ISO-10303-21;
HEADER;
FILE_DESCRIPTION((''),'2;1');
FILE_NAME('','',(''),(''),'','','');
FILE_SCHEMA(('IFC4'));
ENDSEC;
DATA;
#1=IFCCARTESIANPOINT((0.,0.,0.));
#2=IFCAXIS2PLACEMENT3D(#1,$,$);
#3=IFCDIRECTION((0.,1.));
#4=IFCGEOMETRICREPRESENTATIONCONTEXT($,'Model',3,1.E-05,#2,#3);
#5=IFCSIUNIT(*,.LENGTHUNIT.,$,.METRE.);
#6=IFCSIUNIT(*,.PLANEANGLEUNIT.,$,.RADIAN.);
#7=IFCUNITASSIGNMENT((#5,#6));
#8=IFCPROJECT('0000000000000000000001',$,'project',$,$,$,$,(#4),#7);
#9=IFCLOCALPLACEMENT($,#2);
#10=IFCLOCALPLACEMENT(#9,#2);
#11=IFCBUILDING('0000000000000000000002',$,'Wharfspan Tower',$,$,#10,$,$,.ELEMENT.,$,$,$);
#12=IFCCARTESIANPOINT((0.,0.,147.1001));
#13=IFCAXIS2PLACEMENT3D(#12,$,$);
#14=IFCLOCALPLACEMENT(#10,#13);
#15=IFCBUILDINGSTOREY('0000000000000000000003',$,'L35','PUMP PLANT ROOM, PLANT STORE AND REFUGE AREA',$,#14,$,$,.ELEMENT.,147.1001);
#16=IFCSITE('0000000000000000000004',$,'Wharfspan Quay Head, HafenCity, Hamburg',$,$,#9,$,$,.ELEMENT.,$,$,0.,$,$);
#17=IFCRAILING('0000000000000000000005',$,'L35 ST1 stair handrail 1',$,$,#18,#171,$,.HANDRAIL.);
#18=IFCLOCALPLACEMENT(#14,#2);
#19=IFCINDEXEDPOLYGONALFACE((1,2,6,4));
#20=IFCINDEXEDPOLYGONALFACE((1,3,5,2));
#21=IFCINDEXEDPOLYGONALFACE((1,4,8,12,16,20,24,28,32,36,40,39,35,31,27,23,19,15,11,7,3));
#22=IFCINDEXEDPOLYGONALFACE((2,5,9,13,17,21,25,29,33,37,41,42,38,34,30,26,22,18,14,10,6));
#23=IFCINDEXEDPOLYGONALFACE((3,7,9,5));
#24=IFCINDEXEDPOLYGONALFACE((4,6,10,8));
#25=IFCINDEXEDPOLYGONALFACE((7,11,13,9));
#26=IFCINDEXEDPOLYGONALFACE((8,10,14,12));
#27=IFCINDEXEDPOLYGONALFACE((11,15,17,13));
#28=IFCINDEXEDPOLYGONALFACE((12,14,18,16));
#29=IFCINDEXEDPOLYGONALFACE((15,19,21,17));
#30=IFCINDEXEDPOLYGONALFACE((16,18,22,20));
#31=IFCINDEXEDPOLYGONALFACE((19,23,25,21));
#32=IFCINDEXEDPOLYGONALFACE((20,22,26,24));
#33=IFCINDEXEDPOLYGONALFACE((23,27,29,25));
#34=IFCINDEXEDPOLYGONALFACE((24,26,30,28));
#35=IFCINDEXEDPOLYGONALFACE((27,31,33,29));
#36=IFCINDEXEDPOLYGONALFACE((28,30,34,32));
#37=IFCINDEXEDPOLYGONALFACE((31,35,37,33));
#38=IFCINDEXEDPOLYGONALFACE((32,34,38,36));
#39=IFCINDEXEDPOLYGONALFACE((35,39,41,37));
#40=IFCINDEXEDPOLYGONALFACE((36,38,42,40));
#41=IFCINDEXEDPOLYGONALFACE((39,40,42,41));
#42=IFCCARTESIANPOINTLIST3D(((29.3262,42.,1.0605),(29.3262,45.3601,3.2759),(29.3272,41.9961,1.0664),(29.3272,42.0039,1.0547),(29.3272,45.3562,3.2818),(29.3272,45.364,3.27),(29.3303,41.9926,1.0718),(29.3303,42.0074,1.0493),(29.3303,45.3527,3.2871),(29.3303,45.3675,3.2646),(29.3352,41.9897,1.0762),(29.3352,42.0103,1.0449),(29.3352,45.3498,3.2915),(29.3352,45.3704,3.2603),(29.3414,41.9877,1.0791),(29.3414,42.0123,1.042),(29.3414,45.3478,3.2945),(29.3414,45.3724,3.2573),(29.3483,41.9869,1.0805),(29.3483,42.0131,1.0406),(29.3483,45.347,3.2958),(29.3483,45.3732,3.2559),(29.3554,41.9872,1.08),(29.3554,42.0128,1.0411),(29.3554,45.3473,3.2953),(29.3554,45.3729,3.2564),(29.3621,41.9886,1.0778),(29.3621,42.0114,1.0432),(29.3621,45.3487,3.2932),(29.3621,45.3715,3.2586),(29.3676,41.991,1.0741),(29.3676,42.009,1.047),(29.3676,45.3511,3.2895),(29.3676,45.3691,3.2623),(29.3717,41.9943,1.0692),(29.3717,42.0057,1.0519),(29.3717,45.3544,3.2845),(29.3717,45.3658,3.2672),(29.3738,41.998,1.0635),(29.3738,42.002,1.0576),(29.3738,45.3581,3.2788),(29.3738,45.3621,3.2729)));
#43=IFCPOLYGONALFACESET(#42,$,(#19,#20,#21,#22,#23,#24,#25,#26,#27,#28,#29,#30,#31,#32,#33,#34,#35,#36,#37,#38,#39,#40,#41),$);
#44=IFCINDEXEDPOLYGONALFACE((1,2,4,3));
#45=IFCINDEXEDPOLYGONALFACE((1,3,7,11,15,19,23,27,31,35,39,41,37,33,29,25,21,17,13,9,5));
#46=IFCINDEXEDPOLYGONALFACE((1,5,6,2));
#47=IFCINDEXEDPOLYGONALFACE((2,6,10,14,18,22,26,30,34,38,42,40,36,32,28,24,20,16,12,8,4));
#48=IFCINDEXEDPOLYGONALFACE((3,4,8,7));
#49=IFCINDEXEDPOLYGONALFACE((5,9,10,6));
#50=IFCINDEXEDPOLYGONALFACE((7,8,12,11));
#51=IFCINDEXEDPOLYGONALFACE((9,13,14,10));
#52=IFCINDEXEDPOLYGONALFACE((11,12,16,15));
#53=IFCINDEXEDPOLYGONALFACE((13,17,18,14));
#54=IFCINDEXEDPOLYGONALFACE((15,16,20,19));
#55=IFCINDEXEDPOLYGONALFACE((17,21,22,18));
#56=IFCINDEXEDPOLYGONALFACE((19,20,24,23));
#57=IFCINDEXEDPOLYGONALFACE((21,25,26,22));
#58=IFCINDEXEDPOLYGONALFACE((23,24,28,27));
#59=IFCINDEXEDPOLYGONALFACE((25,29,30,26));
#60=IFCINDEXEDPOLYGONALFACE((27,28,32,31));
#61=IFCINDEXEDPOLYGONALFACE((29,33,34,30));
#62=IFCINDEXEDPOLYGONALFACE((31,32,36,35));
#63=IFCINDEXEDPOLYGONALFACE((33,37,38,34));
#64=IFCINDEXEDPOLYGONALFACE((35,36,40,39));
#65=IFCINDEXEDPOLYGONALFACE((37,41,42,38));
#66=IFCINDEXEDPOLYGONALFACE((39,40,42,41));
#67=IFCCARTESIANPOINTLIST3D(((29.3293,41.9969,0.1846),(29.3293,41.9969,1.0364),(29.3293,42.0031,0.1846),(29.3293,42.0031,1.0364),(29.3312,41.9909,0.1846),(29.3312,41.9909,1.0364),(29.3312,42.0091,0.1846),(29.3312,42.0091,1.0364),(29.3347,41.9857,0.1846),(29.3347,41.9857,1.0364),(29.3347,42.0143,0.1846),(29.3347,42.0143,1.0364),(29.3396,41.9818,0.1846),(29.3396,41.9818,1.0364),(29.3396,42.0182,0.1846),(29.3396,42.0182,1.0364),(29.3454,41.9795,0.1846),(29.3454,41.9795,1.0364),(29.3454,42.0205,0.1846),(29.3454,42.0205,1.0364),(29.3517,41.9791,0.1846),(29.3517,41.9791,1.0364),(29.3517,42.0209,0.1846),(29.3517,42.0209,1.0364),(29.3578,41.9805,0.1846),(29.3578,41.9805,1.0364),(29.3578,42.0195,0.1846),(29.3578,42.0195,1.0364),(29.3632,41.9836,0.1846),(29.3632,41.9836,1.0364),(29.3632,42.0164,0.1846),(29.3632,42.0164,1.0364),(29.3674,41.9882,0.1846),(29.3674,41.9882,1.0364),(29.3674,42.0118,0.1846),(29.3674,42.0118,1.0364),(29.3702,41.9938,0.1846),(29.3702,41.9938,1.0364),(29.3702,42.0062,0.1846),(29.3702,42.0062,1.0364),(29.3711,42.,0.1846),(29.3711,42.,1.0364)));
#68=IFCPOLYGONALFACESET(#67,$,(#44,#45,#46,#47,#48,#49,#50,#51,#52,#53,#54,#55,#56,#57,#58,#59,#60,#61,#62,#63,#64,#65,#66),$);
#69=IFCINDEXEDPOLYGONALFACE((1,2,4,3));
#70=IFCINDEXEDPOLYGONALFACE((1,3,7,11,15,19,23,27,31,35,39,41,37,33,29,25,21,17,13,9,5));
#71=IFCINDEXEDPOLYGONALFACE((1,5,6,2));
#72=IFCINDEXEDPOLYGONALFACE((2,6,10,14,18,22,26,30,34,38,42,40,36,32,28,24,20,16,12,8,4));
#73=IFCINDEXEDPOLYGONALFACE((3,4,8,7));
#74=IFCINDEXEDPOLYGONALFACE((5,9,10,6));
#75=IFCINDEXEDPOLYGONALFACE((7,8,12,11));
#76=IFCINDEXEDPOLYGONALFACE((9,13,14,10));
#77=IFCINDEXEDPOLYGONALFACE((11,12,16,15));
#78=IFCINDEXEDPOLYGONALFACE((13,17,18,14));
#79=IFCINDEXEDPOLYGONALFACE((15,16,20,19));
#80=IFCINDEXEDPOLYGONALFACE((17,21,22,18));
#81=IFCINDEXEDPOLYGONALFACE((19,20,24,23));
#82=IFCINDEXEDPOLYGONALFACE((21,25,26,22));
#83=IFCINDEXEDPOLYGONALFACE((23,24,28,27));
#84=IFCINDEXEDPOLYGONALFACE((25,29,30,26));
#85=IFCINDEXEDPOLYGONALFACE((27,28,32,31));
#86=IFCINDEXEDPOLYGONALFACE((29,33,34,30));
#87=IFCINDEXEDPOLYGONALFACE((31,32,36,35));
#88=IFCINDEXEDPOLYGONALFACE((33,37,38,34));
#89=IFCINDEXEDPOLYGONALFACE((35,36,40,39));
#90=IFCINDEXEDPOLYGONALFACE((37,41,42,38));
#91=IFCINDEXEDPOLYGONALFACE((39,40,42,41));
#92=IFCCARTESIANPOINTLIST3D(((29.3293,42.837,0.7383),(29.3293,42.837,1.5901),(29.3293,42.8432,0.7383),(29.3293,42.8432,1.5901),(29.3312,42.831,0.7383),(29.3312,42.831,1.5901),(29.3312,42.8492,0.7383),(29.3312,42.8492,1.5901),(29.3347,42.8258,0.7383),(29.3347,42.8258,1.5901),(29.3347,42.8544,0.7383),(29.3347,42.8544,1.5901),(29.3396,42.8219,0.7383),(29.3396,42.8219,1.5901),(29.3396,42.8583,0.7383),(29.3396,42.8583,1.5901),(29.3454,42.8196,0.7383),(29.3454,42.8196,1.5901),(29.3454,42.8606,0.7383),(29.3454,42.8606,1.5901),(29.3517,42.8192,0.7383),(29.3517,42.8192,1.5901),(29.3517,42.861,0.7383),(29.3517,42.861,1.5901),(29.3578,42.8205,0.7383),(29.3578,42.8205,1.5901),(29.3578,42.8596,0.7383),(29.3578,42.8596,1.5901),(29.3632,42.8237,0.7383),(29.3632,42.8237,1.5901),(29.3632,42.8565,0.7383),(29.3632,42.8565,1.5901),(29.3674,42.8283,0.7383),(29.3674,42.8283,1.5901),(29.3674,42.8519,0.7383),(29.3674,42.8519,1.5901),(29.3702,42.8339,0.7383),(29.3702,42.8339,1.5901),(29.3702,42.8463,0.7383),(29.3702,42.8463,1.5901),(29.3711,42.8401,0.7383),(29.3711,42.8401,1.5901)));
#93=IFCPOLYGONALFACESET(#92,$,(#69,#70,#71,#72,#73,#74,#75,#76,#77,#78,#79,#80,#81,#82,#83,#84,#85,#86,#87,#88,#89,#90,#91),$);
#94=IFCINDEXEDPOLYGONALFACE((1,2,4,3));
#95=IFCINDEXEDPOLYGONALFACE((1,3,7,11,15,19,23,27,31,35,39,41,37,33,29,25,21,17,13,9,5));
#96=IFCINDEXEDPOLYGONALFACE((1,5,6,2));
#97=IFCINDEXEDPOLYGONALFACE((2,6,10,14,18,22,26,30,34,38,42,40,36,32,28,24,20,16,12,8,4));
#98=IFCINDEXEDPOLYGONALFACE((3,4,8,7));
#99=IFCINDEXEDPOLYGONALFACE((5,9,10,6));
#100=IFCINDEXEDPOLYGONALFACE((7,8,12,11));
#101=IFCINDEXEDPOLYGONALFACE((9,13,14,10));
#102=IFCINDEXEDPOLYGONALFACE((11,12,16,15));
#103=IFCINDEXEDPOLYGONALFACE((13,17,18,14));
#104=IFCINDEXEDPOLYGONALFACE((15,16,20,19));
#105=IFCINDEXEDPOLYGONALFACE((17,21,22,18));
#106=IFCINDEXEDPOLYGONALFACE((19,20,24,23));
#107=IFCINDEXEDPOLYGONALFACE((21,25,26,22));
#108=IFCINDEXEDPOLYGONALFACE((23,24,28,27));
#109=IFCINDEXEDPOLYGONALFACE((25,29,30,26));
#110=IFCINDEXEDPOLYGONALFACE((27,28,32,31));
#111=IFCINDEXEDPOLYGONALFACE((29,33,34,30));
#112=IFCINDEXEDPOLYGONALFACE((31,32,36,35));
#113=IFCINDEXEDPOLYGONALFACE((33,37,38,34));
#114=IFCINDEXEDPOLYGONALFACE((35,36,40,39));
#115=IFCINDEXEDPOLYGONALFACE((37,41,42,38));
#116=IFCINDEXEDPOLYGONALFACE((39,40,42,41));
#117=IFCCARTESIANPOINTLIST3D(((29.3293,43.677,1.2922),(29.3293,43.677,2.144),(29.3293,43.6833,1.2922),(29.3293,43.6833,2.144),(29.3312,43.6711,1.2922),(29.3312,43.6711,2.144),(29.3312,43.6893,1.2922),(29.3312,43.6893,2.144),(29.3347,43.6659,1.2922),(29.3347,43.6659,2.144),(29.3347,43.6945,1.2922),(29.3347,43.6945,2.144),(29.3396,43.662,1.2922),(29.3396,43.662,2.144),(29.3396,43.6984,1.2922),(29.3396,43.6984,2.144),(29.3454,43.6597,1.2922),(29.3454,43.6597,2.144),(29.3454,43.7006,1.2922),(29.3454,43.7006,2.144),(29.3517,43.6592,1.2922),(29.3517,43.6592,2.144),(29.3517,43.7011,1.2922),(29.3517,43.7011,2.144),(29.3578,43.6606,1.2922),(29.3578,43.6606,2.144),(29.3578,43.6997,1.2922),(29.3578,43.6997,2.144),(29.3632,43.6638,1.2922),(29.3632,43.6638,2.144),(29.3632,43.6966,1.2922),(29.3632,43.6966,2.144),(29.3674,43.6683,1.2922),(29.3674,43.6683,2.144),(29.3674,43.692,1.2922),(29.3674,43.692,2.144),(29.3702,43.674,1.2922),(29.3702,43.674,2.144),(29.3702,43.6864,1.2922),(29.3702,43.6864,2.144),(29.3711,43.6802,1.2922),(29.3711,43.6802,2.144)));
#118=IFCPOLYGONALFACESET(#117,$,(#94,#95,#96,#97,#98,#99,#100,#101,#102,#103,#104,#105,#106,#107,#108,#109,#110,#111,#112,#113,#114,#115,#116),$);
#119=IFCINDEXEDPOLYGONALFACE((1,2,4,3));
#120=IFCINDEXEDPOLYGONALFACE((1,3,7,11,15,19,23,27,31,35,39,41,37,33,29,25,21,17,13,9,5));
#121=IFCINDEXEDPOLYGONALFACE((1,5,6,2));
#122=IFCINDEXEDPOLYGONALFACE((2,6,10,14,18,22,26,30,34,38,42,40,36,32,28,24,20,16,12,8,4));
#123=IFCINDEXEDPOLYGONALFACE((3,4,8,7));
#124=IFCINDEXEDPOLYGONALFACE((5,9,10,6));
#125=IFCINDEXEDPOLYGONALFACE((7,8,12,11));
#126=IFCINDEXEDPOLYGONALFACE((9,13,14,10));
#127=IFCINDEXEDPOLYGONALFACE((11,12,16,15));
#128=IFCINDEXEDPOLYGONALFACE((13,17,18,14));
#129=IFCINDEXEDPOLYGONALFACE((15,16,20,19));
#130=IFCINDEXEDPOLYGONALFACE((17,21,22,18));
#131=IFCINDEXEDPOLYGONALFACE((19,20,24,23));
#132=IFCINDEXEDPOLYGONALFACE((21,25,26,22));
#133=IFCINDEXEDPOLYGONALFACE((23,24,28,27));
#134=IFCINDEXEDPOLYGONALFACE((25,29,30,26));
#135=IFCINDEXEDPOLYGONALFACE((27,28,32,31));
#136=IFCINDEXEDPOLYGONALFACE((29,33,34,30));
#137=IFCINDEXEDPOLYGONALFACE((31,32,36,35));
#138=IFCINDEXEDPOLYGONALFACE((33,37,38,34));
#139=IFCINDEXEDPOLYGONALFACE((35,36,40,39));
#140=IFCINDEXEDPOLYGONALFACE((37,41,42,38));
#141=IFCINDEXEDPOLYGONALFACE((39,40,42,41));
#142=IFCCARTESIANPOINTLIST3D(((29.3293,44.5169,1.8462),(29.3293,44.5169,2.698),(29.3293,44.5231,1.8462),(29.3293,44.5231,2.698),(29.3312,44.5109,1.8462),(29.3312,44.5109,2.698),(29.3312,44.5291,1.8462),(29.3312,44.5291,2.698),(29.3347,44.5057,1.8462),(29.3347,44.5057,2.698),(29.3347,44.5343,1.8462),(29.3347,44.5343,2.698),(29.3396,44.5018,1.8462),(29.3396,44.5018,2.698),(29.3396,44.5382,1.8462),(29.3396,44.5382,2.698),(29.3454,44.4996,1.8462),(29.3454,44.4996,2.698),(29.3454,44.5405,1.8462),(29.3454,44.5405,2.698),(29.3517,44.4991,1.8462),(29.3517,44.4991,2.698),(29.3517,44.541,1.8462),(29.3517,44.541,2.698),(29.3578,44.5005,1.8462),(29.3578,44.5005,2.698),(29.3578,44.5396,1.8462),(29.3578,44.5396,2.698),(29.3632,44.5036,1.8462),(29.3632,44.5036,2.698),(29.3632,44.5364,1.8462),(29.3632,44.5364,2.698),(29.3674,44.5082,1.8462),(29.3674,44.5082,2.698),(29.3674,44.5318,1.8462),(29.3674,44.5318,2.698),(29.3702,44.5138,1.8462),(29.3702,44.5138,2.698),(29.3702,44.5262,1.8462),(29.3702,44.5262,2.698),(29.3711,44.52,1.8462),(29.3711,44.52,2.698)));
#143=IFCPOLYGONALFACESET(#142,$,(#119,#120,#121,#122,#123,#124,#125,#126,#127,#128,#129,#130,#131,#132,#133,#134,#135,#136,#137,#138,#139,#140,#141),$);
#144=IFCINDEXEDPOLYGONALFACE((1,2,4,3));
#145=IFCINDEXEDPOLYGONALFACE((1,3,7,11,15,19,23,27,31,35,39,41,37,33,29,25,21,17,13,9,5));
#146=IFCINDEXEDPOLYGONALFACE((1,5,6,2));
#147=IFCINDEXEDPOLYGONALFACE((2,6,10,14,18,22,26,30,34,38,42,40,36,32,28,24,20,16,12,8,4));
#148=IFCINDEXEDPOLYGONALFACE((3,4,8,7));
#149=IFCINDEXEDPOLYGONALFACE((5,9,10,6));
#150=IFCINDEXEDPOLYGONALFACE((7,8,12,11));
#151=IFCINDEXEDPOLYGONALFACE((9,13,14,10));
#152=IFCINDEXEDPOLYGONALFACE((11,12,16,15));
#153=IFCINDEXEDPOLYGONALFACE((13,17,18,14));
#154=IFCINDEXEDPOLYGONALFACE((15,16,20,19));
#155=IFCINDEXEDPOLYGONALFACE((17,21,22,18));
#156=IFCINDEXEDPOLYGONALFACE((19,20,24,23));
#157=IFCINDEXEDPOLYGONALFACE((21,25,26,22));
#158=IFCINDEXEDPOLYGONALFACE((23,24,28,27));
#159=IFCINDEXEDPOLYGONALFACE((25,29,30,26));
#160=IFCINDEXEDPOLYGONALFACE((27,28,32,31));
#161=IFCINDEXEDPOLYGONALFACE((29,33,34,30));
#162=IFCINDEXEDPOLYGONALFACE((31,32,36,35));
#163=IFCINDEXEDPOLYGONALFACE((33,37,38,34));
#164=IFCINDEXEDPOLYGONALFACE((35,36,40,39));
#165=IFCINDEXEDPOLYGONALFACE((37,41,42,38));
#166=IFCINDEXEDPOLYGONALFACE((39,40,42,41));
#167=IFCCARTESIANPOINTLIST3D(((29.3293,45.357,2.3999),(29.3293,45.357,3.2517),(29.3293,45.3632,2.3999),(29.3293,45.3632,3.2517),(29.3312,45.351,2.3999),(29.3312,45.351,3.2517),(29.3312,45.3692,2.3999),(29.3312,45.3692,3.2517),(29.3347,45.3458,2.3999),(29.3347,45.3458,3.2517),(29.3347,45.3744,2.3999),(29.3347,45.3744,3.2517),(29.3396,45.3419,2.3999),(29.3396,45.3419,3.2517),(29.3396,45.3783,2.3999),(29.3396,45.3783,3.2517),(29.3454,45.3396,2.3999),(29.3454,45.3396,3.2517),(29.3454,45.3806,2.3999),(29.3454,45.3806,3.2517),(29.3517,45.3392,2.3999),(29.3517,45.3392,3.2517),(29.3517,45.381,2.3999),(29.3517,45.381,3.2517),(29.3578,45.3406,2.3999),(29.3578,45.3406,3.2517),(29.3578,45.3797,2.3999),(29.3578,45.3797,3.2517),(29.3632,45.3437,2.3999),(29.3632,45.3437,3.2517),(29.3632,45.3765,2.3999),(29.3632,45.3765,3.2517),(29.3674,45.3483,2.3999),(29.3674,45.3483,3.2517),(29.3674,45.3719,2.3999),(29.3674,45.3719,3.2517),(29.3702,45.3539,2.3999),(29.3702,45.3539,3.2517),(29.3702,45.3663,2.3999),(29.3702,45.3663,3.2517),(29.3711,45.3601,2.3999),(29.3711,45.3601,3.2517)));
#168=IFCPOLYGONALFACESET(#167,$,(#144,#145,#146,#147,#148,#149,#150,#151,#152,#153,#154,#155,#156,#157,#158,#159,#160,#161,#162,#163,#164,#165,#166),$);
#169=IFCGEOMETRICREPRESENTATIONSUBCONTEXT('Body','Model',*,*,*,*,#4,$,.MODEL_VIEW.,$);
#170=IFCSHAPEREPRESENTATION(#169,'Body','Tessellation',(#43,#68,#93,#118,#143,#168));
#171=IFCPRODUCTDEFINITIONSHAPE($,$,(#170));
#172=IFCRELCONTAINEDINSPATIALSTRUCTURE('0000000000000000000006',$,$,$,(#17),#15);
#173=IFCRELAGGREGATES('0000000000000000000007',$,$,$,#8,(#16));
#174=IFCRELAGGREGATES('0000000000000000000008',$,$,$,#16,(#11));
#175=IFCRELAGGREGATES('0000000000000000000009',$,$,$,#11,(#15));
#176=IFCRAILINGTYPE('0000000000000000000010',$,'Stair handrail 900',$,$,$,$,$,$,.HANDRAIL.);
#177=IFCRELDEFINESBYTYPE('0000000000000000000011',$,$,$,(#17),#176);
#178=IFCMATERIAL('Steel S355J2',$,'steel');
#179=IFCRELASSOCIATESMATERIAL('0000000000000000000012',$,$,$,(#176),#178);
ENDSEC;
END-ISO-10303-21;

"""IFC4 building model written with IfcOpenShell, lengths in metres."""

from ifc_helpers import new_model, si_unit, direction, frame, origin, origin_2d, place, context, subcontext, project, spatial, circle, extrude, material, type_object, element, save


model = new_model("IFC4")

# Units and contexts
model_context = context("Model", 3, precision=1e-05, world=origin(), true_north=direction((0.0, 1.0)))
body_context = subcontext(model_context, "Body", "Model", "MODEL_VIEW")
ifc_project = project(units=[si_unit("LENGTHUNIT", "METRE"), si_unit("PLANEANGLEUNIT", "RADIAN")], contexts=[model_context])

# Site, building, storey
site_placement = place(None, origin())
site = spatial("IfcSite", under=ifc_project, at=site_placement, Name="Wharfspan Quay Head, HafenCity, Hamburg", CompositionType="ELEMENT", RefElevation=0.0)
building_placement = place(site_placement, origin())
building = spatial("IfcBuilding", under=site, at=building_placement, Name="Wharfspan Tower", CompositionType="ELEMENT")
storey_placement = place(building_placement, frame((0.0, 0.0, 147.1001)))
storey = spatial("IfcBuildingStorey", under=building, at=storey_placement, Name="L35", Description="PUMP PLANT ROOM, PLANT STORE AND REFUGE AREA", CompositionType="ELEMENT", Elevation=147.1001)

# Shared definitions
ifc_material_1 = material(Name="Steel S355J2", Category="steel")

# Railing
railing_type_1 = type_object("IfcRailingType", Name="Stair handrail 900", PredefinedType="HANDRAIL", material=ifc_material_1)
railing_1_placement = place(storey_placement, frame((29.3501, 42.0, 0.1846)))
element("IfcRailing", 1, at=railing_1_placement, inside=storey, type_object=railing_type_1, Name="L35 ST1 stair handrail 1", PredefinedType="HANDRAIL", context=body_context, shape_type="SweptSolid", body=[
    extrude(circle(Radius=0.0239, at=origin_2d()), frame((0.0, 0.0, 0.876), z_axis=(0.0, 0.834876, 0.550437), x_axis=(-1.0, 0.0, 0.0)), (0.0, 0.0, 1.0), 4.0247),
    extrude(circle(Radius=0.021, at=origin_2d()), origin(), (0.0, 0.0, 1.0), 0.8518),
    extrude(circle(Radius=0.021, at=origin_2d()), frame((0.0, 0.8401, 0.5537)), (0.0, 0.0, 1.0), 0.8518),
    extrude(circle(Radius=0.021, at=origin_2d()), frame((0.0, 1.6802, 1.1077)), (0.0, 0.0, 1.0), 0.8518),
    extrude(circle(Radius=0.021, at=origin_2d()), frame((0.0, 2.52, 1.6616)), (0.0, 0.0, 1.0), 0.8518),
    extrude(circle(Radius=0.021, at=origin_2d()), frame((0.0, 3.3601, 2.2153)), (0.0, 0.0, 1.0), 0.8518),
])

save(model, "model.ifc")
